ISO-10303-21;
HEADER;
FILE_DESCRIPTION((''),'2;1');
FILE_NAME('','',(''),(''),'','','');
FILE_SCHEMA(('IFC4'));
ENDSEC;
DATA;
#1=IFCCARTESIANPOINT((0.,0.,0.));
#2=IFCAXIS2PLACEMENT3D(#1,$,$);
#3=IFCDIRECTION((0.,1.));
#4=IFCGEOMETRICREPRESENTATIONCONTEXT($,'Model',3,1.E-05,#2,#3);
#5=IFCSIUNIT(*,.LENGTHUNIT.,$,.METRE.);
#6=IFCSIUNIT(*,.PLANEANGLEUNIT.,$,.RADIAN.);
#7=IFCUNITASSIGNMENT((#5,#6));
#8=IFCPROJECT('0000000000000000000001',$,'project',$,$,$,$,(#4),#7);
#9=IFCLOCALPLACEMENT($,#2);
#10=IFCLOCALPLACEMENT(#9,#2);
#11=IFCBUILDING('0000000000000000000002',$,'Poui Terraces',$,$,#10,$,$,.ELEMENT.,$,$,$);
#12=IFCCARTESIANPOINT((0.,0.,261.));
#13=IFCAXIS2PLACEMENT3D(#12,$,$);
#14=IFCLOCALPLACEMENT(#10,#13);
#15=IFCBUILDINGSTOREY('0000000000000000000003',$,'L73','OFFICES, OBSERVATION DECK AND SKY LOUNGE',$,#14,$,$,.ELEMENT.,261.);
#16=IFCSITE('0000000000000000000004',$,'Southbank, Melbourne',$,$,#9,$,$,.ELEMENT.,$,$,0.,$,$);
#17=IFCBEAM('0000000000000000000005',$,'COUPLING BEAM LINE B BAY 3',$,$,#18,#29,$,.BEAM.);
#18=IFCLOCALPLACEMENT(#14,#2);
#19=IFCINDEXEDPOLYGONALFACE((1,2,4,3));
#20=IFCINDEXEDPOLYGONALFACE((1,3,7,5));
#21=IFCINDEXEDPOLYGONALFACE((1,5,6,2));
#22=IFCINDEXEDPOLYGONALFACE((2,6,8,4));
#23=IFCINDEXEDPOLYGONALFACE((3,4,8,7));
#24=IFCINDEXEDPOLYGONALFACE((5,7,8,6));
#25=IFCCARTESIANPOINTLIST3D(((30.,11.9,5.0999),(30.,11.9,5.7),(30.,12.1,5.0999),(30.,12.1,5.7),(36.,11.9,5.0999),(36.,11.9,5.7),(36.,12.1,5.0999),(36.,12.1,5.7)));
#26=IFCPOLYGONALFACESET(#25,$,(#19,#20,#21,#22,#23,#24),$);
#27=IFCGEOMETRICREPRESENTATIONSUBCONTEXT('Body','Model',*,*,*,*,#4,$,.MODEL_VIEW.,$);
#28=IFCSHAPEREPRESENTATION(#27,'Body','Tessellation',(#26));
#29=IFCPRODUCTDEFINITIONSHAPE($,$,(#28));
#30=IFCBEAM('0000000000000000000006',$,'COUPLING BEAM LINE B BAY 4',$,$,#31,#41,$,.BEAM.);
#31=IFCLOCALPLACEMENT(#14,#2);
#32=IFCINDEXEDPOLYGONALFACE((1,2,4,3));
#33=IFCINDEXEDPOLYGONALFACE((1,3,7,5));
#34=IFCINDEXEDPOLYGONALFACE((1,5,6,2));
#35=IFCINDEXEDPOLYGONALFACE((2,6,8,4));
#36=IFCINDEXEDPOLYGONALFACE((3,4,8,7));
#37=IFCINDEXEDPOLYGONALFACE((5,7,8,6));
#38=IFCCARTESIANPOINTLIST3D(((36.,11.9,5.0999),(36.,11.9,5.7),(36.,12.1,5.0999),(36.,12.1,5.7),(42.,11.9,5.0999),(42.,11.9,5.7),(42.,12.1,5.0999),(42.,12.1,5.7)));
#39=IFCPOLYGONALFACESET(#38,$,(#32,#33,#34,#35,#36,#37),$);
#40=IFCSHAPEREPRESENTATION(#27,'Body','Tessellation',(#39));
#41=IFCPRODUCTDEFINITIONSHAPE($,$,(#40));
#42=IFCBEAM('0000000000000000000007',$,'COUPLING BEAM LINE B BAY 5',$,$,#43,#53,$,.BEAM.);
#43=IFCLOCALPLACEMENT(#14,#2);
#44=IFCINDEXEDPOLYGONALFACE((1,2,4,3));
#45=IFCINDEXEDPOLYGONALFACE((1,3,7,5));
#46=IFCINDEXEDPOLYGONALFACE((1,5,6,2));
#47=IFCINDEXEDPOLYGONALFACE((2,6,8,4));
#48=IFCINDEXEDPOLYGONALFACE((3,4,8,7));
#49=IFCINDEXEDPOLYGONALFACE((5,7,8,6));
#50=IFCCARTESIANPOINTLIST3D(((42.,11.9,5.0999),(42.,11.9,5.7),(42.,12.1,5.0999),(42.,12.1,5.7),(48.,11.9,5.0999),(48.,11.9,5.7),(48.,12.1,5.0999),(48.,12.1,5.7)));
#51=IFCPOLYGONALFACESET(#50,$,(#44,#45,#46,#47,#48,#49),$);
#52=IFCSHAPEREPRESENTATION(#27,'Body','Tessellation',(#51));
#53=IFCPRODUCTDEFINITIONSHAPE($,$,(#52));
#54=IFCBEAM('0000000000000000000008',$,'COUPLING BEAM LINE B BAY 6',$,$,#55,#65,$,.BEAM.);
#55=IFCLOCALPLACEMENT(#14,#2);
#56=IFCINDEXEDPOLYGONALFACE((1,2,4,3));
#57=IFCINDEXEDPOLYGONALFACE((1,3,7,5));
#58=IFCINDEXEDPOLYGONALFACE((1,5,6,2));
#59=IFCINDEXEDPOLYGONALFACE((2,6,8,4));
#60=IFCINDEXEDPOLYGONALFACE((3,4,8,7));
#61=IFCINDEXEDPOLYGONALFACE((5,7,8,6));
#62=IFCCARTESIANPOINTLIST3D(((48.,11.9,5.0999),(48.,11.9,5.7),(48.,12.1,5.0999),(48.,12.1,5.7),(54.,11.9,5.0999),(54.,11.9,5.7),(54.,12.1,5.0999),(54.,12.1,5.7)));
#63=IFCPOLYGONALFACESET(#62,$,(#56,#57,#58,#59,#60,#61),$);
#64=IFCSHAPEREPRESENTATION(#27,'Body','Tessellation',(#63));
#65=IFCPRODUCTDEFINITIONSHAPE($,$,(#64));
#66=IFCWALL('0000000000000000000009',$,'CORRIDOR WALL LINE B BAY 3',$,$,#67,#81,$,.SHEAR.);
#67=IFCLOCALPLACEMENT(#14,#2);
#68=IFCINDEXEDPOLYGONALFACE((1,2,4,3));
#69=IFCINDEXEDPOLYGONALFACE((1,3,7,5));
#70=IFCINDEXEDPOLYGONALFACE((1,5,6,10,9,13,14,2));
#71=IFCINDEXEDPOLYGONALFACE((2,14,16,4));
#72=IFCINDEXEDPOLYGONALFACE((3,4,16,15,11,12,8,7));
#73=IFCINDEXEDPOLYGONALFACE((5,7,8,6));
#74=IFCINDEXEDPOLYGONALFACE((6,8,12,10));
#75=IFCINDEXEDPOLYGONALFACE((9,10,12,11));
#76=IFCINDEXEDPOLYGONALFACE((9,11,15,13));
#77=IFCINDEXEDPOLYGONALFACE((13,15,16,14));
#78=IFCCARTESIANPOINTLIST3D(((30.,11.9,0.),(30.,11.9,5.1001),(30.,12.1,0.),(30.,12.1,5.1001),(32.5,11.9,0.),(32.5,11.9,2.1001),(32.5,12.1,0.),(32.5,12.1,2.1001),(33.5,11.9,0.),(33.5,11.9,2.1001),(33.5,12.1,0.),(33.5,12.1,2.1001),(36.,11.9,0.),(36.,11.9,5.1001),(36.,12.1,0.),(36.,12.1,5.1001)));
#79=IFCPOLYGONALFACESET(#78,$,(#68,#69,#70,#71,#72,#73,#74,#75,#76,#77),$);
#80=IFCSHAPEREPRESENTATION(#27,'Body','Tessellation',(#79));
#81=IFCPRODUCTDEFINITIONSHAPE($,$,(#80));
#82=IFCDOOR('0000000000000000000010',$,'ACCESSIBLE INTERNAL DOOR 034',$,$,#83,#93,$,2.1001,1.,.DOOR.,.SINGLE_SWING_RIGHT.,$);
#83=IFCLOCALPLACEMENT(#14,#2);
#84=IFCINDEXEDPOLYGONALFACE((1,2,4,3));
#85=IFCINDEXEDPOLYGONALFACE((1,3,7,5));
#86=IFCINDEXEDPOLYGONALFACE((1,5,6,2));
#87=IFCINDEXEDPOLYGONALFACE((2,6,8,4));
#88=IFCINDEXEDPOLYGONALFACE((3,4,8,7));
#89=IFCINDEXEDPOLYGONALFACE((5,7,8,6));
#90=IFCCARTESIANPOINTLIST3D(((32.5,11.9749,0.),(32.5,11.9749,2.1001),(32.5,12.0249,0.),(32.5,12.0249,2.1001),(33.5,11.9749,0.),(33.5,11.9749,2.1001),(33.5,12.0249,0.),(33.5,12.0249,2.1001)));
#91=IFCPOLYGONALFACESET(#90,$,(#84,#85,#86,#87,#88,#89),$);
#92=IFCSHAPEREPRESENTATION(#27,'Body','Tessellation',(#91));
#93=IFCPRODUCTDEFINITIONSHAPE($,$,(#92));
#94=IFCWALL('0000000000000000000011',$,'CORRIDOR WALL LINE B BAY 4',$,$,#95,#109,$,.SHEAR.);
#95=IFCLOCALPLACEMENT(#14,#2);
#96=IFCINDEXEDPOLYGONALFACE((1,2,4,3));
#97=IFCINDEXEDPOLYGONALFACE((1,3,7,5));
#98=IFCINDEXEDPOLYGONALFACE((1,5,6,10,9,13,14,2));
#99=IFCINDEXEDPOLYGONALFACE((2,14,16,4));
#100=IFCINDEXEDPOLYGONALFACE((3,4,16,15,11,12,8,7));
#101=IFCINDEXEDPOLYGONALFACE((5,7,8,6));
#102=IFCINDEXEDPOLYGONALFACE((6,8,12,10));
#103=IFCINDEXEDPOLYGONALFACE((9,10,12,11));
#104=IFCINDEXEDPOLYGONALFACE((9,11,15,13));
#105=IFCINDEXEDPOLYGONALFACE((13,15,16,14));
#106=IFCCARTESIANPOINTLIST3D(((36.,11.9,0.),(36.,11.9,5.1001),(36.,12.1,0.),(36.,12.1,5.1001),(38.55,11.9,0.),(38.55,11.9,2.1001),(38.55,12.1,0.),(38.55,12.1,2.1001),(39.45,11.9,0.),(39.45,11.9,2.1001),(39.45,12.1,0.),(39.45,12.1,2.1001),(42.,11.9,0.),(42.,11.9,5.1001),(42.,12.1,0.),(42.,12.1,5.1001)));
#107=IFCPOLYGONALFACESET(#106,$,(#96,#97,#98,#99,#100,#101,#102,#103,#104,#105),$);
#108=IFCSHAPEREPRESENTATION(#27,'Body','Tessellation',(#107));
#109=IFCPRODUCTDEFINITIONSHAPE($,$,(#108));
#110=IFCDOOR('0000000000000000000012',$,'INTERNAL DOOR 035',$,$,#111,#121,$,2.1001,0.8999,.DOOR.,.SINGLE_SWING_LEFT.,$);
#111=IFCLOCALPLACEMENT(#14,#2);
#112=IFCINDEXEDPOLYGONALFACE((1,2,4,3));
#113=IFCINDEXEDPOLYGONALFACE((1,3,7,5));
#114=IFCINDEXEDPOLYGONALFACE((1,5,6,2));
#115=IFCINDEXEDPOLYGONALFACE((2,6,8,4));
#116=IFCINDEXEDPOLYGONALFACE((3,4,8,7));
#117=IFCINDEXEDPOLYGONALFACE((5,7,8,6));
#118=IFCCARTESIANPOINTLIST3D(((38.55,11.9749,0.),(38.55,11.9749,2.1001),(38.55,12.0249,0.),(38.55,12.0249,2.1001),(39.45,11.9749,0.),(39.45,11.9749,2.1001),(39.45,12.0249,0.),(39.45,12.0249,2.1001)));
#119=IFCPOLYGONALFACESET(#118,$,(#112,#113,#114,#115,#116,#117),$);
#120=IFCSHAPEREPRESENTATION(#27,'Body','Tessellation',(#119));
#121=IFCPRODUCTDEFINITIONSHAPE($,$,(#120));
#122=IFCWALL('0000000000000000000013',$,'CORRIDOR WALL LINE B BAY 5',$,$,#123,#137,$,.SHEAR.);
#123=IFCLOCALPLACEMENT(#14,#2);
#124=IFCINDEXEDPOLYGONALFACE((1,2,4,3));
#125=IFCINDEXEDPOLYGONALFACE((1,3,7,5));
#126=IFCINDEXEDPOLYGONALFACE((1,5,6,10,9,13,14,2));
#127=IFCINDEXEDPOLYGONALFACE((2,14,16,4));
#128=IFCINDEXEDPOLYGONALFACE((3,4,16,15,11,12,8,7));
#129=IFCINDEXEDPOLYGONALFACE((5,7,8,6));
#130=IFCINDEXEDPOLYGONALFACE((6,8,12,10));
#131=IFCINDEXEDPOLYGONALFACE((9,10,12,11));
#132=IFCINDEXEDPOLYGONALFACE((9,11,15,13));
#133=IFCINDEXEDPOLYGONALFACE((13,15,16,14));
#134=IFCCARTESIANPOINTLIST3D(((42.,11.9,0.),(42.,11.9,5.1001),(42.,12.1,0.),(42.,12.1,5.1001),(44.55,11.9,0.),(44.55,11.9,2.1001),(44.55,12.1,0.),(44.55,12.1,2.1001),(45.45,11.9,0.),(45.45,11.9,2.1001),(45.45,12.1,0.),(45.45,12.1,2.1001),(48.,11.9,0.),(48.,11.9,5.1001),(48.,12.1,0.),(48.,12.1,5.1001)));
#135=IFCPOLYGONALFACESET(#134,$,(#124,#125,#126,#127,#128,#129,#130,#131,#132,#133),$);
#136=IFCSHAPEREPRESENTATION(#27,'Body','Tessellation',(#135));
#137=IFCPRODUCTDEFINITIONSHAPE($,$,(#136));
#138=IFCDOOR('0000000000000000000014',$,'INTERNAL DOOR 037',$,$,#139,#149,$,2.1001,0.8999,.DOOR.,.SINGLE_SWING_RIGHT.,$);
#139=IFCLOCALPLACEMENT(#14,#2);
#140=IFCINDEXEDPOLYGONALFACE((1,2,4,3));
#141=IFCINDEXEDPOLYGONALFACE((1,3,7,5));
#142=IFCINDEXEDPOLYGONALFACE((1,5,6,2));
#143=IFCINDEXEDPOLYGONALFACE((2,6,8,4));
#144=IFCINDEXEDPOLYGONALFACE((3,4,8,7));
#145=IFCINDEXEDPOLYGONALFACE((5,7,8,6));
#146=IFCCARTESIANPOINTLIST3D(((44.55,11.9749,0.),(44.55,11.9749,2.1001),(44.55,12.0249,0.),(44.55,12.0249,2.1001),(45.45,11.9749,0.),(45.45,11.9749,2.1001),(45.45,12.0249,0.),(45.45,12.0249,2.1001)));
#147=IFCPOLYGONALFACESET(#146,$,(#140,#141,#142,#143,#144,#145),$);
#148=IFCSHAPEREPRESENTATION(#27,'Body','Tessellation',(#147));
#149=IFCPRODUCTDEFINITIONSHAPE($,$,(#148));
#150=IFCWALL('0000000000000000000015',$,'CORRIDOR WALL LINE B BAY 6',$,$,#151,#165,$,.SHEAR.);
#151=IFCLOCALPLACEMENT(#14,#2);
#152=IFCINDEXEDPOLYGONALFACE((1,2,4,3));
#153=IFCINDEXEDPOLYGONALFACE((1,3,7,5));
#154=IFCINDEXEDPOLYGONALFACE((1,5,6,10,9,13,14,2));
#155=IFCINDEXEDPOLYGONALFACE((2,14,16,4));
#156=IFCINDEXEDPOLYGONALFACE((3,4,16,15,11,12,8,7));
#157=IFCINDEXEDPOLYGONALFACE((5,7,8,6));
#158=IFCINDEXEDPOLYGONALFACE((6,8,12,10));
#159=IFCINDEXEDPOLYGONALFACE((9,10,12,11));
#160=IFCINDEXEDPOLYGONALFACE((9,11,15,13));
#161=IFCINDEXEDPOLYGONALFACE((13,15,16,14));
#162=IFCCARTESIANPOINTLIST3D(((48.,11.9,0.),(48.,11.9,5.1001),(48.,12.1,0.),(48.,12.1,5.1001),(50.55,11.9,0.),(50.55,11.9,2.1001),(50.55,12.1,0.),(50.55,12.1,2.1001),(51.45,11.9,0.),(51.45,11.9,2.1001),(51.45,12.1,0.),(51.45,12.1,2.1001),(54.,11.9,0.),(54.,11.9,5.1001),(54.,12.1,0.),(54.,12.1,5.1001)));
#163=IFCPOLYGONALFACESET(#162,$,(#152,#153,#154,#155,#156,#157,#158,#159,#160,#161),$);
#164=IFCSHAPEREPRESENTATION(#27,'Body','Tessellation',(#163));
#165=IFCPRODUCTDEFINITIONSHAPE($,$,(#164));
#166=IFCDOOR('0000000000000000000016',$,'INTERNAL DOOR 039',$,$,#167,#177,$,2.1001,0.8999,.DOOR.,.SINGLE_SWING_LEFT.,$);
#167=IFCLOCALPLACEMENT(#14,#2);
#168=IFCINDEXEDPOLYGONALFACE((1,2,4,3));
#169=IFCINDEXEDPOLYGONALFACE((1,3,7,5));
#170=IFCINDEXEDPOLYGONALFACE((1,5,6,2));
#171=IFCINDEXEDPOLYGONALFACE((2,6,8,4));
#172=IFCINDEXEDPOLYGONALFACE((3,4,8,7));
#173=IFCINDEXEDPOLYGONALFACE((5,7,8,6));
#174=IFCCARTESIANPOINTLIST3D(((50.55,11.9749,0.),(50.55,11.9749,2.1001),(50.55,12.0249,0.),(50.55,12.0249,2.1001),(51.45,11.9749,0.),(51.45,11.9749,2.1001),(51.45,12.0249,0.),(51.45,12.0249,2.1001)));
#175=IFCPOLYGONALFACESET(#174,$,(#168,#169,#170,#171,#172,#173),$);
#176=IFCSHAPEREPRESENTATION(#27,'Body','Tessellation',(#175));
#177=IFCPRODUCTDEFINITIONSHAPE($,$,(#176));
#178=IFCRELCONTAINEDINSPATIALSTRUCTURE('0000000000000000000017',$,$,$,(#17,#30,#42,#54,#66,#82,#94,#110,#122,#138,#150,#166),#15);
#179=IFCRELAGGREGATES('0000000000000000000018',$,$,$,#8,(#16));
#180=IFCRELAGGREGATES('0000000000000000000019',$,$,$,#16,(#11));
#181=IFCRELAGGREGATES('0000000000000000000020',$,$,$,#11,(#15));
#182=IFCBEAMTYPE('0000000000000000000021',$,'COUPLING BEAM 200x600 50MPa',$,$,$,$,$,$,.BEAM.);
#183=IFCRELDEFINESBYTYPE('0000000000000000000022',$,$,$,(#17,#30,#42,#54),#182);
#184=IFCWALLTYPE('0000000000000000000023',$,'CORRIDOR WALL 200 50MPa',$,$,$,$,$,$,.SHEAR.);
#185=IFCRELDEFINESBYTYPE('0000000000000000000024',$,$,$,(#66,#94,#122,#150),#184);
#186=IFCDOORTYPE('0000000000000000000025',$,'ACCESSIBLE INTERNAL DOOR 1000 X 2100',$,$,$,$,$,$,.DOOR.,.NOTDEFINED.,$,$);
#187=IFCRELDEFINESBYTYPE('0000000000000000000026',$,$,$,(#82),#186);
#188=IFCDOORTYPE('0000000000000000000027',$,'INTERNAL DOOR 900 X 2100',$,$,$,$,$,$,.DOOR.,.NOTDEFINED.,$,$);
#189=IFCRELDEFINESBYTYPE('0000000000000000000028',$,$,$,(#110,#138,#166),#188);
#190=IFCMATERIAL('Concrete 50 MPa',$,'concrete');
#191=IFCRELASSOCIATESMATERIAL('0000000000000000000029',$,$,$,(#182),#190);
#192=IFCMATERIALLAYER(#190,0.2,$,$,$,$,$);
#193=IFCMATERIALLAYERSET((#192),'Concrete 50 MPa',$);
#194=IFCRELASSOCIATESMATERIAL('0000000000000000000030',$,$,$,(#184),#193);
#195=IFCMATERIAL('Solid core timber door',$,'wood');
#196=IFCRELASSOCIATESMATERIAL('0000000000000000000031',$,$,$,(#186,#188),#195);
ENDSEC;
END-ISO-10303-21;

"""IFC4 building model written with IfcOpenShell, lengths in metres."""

from ifc_helpers import new_model, si_unit, direction, frame, frame_2d, origin, origin_2d, place, context, subcontext, project, spatial, rectangle, extrude, source, transform, mapped, material, layer, layer_set, material_profile, profile_set, type_object, element, fill, save


model = new_model("IFC4")

# Units and contexts
model_context = context("Model", 3, precision=1e-05, world=origin(), true_north=direction((0.0, 1.0)))
body_context = subcontext(model_context, "Body", "Model", "MODEL_VIEW")
ifc_project = project(units=[si_unit("LENGTHUNIT", "METRE"), si_unit("PLANEANGLEUNIT", "RADIAN")], contexts=[model_context])

# Site, building, storey
site_placement = place(None, origin())
site = spatial("IfcSite", under=ifc_project, at=site_placement, Name="Southbank, Melbourne", CompositionType="ELEMENT", RefElevation=0.0)
building_placement = place(site_placement, origin())
building = spatial("IfcBuilding", under=site, at=building_placement, Name="Poui Terraces", CompositionType="ELEMENT")
storey_placement = place(building_placement, frame((0.0, 0.0, 261.0)))
storey = spatial("IfcBuildingStorey", under=building, at=storey_placement, Name="L73", Description="OFFICES, OBSERVATION DECK AND SKY LOUNGE", CompositionType="ELEMENT", Elevation=261.0)

# Beams
ifc_material_1 = material(Name="Concrete 50 MPa", Category="concrete")
ifc_material_profile = material_profile(ifc_material_1, rectangle(XDim=0.2, YDim=0.6001, at=origin_2d()), Name="RC 200x600")
ifc_profile_set = profile_set([ifc_material_profile], Name="Concrete 50 MPa")
beam_type = type_object("IfcBeamType", Name="COUPLING BEAM 200x600 50MPa", PredefinedType="BEAM", material=ifc_profile_set)
shared_shape = source(origin(), body_context, "Body", "SweptSolid", [
    extrude(rectangle(XDim=0.2, YDim=0.6001, at=origin_2d()), origin(), (0.0, 0.0, 1.0), 6.0),
])
for number, where, z_axis, x_axis, name in (
    (1, (30.0, 12.0, 5.3999), (1.0, 0.0, 0.0), (0.0, 1.0, 0.0), "COUPLING BEAM LINE B BAY 3"),
    (2, (36.0, 12.0, 5.3999), (1.0, 0.0, 0.0), (0.0, 1.0, 0.0), "COUPLING BEAM LINE B BAY 4"),
    (3, (42.0, 12.0, 5.3999), (1.0, 0.0, 0.0), (0.0, 1.0, 0.0), "COUPLING BEAM LINE B BAY 5"),
    (4, (48.0, 12.0, 5.3999), (1.0, 0.0, 0.0), (0.0, 1.0, 0.0), "COUPLING BEAM LINE B BAY 6"),
):
    element("IfcBeam", number, at=place(storey_placement, frame(where, z_axis=z_axis, x_axis=x_axis)), inside=storey, type_object=beam_type, Name=name, PredefinedType="BEAM", context=body_context, shape_type="MappedRepresentation", body=[
        mapped(shared_shape, transform((0.0, 0.0, 0.0))),
    ])

# Walls, openings, doors
ifc_layer_1 = layer(ifc_material_1, 0.2)
ifc_layer_set_1 = layer_set([ifc_layer_1], Name="Concrete 50 MPa")
wall_type_1 = type_object("IfcWallType", Name="CORRIDOR WALL 200 50MPa", PredefinedType="SHEAR", material=ifc_layer_set_1)
wall_1_placement = place(storey_placement, frame((30.0, 12.0, 0.0), z_axis=(0.0, 0.0, 1.0), x_axis=(1.0, 0.0, 0.0)))
wall_1 = element("IfcWall", 5, at=wall_1_placement, inside=storey, type_object=wall_type_1, Name="CORRIDOR WALL LINE B BAY 3", PredefinedType="SHEAR", context=body_context, shape_type="SweptSolid", body=[
    extrude(rectangle(XDim=6.0, YDim=0.2, at=frame_2d((3.0, 0.0))), origin(), (0.0, 0.0, 1.0), 5.1001),
])
opening_1_placement = place(wall_1_placement, frame((2.5, 0.0, 0.0)))
opening_1 = element("IfcOpeningElement", 6, at=opening_1_placement, cuts=wall_1, PredefinedType="OPENING", context=body_context, shape_type="SweptSolid", body=[
    extrude(rectangle(XDim=1.0, YDim=2.1001, at=frame_2d((0.5, 1.05))), frame((0.0, 0.1099, 0.0), z_axis=(0.0, -1.0, 0.0), x_axis=(1.0, 0.0, 0.0)), (0.0, 0.0, 1.0), 0.22),
])
ifc_material_2 = material(Name="Solid core timber door", Category="wood")
door_type_1 = type_object("IfcDoorType", Name="ACCESSIBLE INTERNAL DOOR 1000 X 2100", OperationType="NOTDEFINED", PredefinedType="DOOR", material=ifc_material_2)
door_1_placement = place(opening_1_placement, origin())
door_1 = element("IfcDoor", 7, at=door_1_placement, inside=storey, type_object=door_type_1, Name="ACCESSIBLE INTERNAL DOOR 034", OperationType="SINGLE_SWING_RIGHT", OverallHeight=2.1001, OverallWidth=1.0, PredefinedType="DOOR", context=body_context, shape_type="SweptSolid", body=[
    extrude(rectangle(XDim=1.0, YDim=2.1001, at=frame_2d((0.5, 1.05))), frame((0.0, 0.0249, 0.0), z_axis=(0.0, -1.0, 0.0), x_axis=(1.0, 0.0, 0.0)), (0.0, 0.0, 1.0), 0.05),
])
fill(opening_1, door_1)
wall_2_placement = place(storey_placement, frame((36.0, 12.0, 0.0), z_axis=(0.0, 0.0, 1.0), x_axis=(1.0, 0.0, 0.0)))
wall_2 = element("IfcWall", 8, at=wall_2_placement, inside=storey, type_object=wall_type_1, Name="CORRIDOR WALL LINE B BAY 4", PredefinedType="SHEAR", context=body_context, shape_type="SweptSolid", body=[
    extrude(rectangle(XDim=6.0, YDim=0.2, at=frame_2d((3.0, 0.0))), origin(), (0.0, 0.0, 1.0), 5.1001),
])
opening_2_placement = place(wall_2_placement, frame((2.55, 0.0, 0.0)))
opening_2 = element("IfcOpeningElement", 9, at=opening_2_placement, cuts=wall_2, PredefinedType="OPENING", context=body_context, shape_type="SweptSolid", body=[
    extrude(rectangle(XDim=0.8999, YDim=2.1001, at=frame_2d((0.45, 1.05))), frame((0.0, 0.1099, 0.0), z_axis=(0.0, -1.0, 0.0), x_axis=(1.0, 0.0, 0.0)), (0.0, 0.0, 1.0), 0.22),
])
door_type_2 = type_object("IfcDoorType", Name="INTERNAL DOOR 900 X 2100", OperationType="NOTDEFINED", PredefinedType="DOOR", material=ifc_material_2)
door_2_placement = place(opening_2_placement, origin())
door_2 = element("IfcDoor", 10, at=door_2_placement, inside=storey, type_object=door_type_2, Name="INTERNAL DOOR 035", OperationType="SINGLE_SWING_LEFT", OverallHeight=2.1001, OverallWidth=0.8999, PredefinedType="DOOR", context=body_context, shape_type="SweptSolid", body=[
    extrude(rectangle(XDim=0.8999, YDim=2.1001, at=frame_2d((0.45, 1.05))), frame((0.0, 0.0249, 0.0), z_axis=(0.0, -1.0, 0.0), x_axis=(1.0, 0.0, 0.0)), (0.0, 0.0, 1.0), 0.05),
])
fill(opening_2, door_2)
wall_3_placement = place(storey_placement, frame((42.0, 12.0, 0.0), z_axis=(0.0, 0.0, 1.0), x_axis=(1.0, 0.0, 0.0)))
wall_3 = element("IfcWall", 11, at=wall_3_placement, inside=storey, type_object=wall_type_1, Name="CORRIDOR WALL LINE B BAY 5", PredefinedType="SHEAR", context=body_context, shape_type="SweptSolid", body=[
    extrude(rectangle(XDim=6.0, YDim=0.2, at=frame_2d((3.0, 0.0))), origin(), (0.0, 0.0, 1.0), 5.1001),
])
opening_3_placement = place(wall_3_placement, frame((2.55, 0.0, 0.0)))
opening_3 = element("IfcOpeningElement", 12, at=opening_3_placement, cuts=wall_3, PredefinedType="OPENING", context=body_context, shape_type="SweptSolid", body=[
    extrude(rectangle(XDim=0.8999, YDim=2.1001, at=frame_2d((0.45, 1.05))), frame((0.0, 0.1099, 0.0), z_axis=(0.0, -1.0, 0.0), x_axis=(1.0, 0.0, 0.0)), (0.0, 0.0, 1.0), 0.22),
])
door_3_placement = place(opening_3_placement, origin())
door_3 = element("IfcDoor", 13, at=door_3_placement, inside=storey, type_object=door_type_2, Name="INTERNAL DOOR 037", OperationType="SINGLE_SWING_RIGHT", OverallHeight=2.1001, OverallWidth=0.8999, PredefinedType="DOOR", context=body_context, shape_type="SweptSolid", body=[
    extrude(rectangle(XDim=0.8999, YDim=2.1001, at=frame_2d((0.45, 1.05))), frame((0.0, 0.0249, 0.0), z_axis=(0.0, -1.0, 0.0), x_axis=(1.0, 0.0, 0.0)), (0.0, 0.0, 1.0), 0.05),
])
fill(opening_3, door_3)
wall_4_placement = place(storey_placement, frame((48.0, 12.0, 0.0), z_axis=(0.0, 0.0, 1.0), x_axis=(1.0, 0.0, 0.0)))
wall_4 = element("IfcWall", 14, at=wall_4_placement, inside=storey, type_object=wall_type_1, Name="CORRIDOR WALL LINE B BAY 6", PredefinedType="SHEAR", context=body_context, shape_type="SweptSolid", body=[
    extrude(rectangle(XDim=6.0, YDim=0.2, at=frame_2d((3.0, 0.0))), origin(), (0.0, 0.0, 1.0), 5.1001),
])
opening_4_placement = place(wall_4_placement, frame((2.55, 0.0, 0.0)))
opening_4 = element("IfcOpeningElement", 15, at=opening_4_placement, cuts=wall_4, PredefinedType="OPENING", context=body_context, shape_type="SweptSolid", body=[
    extrude(rectangle(XDim=0.8999, YDim=2.1001, at=frame_2d((0.45, 1.05))), frame((0.0, 0.1099, 0.0), z_axis=(0.0, -1.0, 0.0), x_axis=(1.0, 0.0, 0.0)), (0.0, 0.0, 1.0), 0.22),
])
door_4_placement = place(opening_4_placement, origin())
door_4 = element("IfcDoor", 16, at=door_4_placement, inside=storey, type_object=door_type_2, Name="INTERNAL DOOR 039", OperationType="SINGLE_SWING_LEFT", OverallHeight=2.1001, OverallWidth=0.8999, PredefinedType="DOOR", context=body_context, shape_type="SweptSolid", body=[
    extrude(rectangle(XDim=0.8999, YDim=2.1001, at=frame_2d((0.45, 1.05))), frame((0.0, 0.0249, 0.0), z_axis=(0.0, -1.0, 0.0), x_axis=(1.0, 0.0, 0.0)), (0.0, 0.0, 1.0), 0.05),
])
fill(opening_4, door_4)

save(model, "model.ifc")
